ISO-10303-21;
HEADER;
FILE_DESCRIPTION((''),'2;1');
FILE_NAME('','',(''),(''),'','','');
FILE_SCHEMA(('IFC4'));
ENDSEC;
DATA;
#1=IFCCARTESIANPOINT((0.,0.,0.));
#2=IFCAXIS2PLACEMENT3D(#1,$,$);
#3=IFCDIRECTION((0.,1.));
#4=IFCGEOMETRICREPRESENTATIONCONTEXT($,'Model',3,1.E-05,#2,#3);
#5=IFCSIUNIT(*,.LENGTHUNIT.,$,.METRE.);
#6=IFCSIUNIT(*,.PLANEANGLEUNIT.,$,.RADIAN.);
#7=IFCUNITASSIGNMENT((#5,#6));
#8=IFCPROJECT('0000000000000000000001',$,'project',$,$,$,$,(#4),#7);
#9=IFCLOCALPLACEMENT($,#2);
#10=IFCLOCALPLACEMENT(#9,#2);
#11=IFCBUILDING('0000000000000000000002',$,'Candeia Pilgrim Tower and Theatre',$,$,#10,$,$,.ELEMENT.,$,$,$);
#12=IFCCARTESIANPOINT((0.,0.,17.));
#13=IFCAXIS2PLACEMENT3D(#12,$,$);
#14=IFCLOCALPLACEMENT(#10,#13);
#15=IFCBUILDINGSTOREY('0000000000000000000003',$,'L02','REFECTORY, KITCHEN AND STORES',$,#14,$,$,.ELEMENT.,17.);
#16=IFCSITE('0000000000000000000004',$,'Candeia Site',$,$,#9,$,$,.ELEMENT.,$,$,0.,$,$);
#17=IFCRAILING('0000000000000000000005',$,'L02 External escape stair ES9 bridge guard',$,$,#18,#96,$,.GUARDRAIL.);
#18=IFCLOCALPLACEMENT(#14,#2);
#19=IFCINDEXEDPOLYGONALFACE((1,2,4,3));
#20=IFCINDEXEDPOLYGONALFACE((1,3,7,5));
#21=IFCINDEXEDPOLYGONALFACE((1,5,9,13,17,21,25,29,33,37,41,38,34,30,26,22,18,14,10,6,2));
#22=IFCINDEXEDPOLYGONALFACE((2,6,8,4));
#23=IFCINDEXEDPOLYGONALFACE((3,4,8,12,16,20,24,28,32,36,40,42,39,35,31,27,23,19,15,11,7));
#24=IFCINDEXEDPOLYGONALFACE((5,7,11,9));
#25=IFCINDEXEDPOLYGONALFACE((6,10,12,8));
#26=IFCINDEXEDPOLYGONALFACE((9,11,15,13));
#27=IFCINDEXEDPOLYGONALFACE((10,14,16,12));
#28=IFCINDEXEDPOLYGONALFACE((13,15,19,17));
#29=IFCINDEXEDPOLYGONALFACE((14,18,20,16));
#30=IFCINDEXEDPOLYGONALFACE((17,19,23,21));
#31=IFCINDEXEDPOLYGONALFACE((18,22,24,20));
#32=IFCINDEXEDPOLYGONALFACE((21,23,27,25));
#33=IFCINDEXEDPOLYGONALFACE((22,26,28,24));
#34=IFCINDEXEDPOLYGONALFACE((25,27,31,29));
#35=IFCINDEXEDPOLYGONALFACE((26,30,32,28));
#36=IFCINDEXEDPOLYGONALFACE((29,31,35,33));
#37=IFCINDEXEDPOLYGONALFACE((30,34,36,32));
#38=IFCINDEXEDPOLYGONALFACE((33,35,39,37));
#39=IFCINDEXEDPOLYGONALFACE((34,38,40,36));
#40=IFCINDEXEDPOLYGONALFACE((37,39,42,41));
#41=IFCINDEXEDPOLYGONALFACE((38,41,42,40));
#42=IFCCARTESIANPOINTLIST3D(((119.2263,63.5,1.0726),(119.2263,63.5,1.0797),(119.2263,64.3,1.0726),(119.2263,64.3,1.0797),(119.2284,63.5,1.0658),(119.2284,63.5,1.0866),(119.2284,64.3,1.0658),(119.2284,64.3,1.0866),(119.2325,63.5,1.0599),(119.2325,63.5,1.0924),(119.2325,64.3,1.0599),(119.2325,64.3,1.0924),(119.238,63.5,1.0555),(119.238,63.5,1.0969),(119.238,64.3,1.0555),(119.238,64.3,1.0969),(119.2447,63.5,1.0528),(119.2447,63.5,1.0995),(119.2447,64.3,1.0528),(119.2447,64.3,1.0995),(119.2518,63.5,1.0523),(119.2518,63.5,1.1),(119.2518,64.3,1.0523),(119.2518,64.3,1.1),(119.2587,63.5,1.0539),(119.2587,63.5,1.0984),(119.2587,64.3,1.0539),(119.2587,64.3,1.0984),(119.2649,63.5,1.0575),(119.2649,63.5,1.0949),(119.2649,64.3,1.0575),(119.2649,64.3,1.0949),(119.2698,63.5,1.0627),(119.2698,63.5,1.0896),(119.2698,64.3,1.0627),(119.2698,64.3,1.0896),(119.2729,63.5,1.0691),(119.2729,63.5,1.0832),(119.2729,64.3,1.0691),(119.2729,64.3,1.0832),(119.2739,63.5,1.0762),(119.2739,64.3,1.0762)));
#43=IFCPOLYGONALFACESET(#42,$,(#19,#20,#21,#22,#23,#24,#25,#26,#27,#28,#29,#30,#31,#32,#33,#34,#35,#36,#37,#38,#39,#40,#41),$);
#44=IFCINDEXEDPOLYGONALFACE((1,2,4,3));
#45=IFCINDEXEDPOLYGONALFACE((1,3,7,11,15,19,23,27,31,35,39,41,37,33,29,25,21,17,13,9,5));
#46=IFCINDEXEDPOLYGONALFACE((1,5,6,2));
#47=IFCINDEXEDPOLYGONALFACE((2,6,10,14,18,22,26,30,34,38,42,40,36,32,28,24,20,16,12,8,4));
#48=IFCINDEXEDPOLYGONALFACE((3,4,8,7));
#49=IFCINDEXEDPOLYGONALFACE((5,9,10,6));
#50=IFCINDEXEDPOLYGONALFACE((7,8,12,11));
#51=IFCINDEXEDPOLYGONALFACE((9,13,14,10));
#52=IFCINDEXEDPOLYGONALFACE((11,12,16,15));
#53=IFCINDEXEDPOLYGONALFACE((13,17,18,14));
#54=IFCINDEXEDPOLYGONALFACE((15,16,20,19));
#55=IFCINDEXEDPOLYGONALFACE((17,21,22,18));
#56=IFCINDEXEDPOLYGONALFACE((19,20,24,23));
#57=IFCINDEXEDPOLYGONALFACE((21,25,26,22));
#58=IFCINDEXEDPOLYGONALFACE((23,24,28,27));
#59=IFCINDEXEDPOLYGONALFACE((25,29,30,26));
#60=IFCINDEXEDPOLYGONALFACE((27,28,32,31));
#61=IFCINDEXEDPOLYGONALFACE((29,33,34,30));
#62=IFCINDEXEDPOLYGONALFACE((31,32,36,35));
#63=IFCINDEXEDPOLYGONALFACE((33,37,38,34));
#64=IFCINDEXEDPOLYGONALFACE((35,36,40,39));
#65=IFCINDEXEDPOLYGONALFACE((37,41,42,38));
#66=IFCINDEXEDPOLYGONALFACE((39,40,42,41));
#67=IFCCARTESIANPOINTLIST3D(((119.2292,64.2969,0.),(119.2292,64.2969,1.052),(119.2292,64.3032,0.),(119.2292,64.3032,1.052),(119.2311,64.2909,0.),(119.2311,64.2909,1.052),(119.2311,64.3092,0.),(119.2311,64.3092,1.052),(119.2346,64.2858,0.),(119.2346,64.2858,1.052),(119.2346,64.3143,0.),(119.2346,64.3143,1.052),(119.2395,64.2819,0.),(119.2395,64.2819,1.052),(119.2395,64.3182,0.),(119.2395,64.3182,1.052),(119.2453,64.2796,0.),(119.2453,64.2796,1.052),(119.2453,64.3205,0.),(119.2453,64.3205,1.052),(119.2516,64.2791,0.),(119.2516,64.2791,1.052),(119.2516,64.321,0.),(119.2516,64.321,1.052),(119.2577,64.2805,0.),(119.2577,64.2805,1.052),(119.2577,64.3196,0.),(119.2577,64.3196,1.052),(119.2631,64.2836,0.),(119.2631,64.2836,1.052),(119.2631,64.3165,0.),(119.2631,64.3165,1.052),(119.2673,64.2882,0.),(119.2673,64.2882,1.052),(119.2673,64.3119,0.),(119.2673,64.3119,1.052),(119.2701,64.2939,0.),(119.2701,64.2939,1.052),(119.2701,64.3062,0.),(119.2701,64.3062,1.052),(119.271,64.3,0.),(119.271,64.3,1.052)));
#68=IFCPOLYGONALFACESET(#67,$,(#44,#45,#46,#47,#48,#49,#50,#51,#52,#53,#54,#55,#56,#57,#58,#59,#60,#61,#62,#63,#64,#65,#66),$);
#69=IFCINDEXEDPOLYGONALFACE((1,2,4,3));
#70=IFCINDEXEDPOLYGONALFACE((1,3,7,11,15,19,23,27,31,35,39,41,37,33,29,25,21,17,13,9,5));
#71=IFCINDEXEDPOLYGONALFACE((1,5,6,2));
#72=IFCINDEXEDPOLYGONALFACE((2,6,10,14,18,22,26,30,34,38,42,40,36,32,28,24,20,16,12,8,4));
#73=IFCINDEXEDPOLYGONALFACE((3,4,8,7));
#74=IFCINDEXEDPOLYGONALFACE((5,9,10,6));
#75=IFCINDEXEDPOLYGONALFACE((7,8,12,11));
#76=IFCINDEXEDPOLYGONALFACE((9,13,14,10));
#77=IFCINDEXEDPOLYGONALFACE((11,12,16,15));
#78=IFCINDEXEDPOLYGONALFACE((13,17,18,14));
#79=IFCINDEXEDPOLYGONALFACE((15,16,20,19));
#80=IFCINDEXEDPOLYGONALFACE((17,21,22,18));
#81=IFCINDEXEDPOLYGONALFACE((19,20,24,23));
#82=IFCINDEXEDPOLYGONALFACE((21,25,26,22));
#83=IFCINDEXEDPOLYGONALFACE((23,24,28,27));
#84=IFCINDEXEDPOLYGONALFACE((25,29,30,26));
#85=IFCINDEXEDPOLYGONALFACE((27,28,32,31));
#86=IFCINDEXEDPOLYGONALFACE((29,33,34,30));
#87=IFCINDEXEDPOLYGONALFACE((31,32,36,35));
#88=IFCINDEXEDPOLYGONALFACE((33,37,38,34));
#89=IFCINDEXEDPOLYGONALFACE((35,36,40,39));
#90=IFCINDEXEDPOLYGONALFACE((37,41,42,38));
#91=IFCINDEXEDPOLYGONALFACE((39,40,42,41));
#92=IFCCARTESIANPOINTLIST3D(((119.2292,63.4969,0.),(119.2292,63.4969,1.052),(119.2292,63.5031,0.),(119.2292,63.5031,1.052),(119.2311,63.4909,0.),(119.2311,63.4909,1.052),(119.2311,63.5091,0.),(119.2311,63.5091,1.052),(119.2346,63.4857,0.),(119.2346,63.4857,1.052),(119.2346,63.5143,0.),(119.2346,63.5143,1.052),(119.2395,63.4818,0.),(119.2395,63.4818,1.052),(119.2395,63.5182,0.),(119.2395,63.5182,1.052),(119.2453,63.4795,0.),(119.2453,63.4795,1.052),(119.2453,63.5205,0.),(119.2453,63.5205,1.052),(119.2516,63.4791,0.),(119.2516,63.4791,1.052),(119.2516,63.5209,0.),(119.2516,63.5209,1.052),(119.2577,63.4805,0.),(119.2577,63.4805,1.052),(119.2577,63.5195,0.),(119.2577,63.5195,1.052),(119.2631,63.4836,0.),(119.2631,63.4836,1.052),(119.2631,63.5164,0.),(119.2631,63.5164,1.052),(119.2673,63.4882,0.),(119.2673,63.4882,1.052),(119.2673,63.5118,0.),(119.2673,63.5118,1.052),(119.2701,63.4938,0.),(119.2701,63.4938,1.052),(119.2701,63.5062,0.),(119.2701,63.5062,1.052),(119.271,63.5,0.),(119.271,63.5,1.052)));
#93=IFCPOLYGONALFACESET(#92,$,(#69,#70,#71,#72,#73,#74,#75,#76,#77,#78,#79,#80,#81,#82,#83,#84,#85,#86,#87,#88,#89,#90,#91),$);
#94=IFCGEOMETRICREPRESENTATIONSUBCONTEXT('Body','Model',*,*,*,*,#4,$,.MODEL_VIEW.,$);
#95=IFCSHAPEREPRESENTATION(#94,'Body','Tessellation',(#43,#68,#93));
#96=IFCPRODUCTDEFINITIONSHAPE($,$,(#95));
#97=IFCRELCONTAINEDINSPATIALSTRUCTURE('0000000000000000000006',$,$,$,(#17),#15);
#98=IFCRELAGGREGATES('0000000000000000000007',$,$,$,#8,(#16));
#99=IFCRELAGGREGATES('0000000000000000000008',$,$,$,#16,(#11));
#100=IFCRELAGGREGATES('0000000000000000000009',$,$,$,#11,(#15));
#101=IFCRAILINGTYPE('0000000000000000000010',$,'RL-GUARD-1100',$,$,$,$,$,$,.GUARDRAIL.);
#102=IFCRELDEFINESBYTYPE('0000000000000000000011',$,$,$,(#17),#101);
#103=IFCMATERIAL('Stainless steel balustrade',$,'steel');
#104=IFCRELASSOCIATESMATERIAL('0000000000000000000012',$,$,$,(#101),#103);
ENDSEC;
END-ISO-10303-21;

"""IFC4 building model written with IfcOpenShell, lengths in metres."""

from ifc_helpers import new_model, si_unit, direction, frame, origin, origin_2d, place, context, subcontext, project, spatial, circle, extrude, material, type_object, element, save


model = new_model("IFC4")

# Units and contexts
model_context = context("Model", 3, precision=1e-05, world=origin(), true_north=direction((0.0, 1.0)))
body_context = subcontext(model_context, "Body", "Model", "MODEL_VIEW")
ifc_project = project(units=[si_unit("LENGTHUNIT", "METRE"), si_unit("PLANEANGLEUNIT", "RADIAN")], contexts=[model_context])

# Site, building, storey
site_placement = place(None, origin())
site = spatial("IfcSite", under=ifc_project, at=site_placement, Name="Candeia Site", CompositionType="ELEMENT", RefElevation=0.0)
building_placement = place(site_placement, origin())
building = spatial("IfcBuilding", under=site, at=building_placement, Name="Candeia Pilgrim Tower and Theatre", CompositionType="ELEMENT")
storey_placement = place(building_placement, frame((0.0, 0.0, 17.0)))
storey = spatial("IfcBuildingStorey", under=building, at=storey_placement, Name="L02", Description="REFECTORY, KITCHEN AND STORES", CompositionType="ELEMENT", Elevation=17.0)

# Railing
ifc_material_1 = material(Name="Stainless steel balustrade", Category="steel")
railing_type_1 = type_object("IfcRailingType", Name="RL-GUARD-1100", PredefinedType="GUARDRAIL", material=ifc_material_1)
railing_1_placement = place(storey_placement, frame((119.25, 64.3, 0.0)))
element("IfcRailing", 1, at=railing_1_placement, inside=storey, type_object=railing_type_1, Name="L02 External escape stair ES9 bridge guard", PredefinedType="GUARDRAIL", context=body_context, shape_type="SweptSolid", body=[
    extrude(circle(Radius=0.0239, at=origin_2d()), frame((0.0, 0.0, 1.0762), z_axis=(0.0, -1.0, 0.0), x_axis=(1.0, 0.0, 0.0)), (0.0, 0.0, 1.0), 0.8),
    extrude(circle(Radius=0.021, at=origin_2d()), origin(), (0.0, 0.0, 1.0), 1.052),
    extrude(circle(Radius=0.021, at=origin_2d()), frame((0.0, -0.8, 0.0)), (0.0, 0.0, 1.0), 1.052),
])

save(model, "model.ifc")
